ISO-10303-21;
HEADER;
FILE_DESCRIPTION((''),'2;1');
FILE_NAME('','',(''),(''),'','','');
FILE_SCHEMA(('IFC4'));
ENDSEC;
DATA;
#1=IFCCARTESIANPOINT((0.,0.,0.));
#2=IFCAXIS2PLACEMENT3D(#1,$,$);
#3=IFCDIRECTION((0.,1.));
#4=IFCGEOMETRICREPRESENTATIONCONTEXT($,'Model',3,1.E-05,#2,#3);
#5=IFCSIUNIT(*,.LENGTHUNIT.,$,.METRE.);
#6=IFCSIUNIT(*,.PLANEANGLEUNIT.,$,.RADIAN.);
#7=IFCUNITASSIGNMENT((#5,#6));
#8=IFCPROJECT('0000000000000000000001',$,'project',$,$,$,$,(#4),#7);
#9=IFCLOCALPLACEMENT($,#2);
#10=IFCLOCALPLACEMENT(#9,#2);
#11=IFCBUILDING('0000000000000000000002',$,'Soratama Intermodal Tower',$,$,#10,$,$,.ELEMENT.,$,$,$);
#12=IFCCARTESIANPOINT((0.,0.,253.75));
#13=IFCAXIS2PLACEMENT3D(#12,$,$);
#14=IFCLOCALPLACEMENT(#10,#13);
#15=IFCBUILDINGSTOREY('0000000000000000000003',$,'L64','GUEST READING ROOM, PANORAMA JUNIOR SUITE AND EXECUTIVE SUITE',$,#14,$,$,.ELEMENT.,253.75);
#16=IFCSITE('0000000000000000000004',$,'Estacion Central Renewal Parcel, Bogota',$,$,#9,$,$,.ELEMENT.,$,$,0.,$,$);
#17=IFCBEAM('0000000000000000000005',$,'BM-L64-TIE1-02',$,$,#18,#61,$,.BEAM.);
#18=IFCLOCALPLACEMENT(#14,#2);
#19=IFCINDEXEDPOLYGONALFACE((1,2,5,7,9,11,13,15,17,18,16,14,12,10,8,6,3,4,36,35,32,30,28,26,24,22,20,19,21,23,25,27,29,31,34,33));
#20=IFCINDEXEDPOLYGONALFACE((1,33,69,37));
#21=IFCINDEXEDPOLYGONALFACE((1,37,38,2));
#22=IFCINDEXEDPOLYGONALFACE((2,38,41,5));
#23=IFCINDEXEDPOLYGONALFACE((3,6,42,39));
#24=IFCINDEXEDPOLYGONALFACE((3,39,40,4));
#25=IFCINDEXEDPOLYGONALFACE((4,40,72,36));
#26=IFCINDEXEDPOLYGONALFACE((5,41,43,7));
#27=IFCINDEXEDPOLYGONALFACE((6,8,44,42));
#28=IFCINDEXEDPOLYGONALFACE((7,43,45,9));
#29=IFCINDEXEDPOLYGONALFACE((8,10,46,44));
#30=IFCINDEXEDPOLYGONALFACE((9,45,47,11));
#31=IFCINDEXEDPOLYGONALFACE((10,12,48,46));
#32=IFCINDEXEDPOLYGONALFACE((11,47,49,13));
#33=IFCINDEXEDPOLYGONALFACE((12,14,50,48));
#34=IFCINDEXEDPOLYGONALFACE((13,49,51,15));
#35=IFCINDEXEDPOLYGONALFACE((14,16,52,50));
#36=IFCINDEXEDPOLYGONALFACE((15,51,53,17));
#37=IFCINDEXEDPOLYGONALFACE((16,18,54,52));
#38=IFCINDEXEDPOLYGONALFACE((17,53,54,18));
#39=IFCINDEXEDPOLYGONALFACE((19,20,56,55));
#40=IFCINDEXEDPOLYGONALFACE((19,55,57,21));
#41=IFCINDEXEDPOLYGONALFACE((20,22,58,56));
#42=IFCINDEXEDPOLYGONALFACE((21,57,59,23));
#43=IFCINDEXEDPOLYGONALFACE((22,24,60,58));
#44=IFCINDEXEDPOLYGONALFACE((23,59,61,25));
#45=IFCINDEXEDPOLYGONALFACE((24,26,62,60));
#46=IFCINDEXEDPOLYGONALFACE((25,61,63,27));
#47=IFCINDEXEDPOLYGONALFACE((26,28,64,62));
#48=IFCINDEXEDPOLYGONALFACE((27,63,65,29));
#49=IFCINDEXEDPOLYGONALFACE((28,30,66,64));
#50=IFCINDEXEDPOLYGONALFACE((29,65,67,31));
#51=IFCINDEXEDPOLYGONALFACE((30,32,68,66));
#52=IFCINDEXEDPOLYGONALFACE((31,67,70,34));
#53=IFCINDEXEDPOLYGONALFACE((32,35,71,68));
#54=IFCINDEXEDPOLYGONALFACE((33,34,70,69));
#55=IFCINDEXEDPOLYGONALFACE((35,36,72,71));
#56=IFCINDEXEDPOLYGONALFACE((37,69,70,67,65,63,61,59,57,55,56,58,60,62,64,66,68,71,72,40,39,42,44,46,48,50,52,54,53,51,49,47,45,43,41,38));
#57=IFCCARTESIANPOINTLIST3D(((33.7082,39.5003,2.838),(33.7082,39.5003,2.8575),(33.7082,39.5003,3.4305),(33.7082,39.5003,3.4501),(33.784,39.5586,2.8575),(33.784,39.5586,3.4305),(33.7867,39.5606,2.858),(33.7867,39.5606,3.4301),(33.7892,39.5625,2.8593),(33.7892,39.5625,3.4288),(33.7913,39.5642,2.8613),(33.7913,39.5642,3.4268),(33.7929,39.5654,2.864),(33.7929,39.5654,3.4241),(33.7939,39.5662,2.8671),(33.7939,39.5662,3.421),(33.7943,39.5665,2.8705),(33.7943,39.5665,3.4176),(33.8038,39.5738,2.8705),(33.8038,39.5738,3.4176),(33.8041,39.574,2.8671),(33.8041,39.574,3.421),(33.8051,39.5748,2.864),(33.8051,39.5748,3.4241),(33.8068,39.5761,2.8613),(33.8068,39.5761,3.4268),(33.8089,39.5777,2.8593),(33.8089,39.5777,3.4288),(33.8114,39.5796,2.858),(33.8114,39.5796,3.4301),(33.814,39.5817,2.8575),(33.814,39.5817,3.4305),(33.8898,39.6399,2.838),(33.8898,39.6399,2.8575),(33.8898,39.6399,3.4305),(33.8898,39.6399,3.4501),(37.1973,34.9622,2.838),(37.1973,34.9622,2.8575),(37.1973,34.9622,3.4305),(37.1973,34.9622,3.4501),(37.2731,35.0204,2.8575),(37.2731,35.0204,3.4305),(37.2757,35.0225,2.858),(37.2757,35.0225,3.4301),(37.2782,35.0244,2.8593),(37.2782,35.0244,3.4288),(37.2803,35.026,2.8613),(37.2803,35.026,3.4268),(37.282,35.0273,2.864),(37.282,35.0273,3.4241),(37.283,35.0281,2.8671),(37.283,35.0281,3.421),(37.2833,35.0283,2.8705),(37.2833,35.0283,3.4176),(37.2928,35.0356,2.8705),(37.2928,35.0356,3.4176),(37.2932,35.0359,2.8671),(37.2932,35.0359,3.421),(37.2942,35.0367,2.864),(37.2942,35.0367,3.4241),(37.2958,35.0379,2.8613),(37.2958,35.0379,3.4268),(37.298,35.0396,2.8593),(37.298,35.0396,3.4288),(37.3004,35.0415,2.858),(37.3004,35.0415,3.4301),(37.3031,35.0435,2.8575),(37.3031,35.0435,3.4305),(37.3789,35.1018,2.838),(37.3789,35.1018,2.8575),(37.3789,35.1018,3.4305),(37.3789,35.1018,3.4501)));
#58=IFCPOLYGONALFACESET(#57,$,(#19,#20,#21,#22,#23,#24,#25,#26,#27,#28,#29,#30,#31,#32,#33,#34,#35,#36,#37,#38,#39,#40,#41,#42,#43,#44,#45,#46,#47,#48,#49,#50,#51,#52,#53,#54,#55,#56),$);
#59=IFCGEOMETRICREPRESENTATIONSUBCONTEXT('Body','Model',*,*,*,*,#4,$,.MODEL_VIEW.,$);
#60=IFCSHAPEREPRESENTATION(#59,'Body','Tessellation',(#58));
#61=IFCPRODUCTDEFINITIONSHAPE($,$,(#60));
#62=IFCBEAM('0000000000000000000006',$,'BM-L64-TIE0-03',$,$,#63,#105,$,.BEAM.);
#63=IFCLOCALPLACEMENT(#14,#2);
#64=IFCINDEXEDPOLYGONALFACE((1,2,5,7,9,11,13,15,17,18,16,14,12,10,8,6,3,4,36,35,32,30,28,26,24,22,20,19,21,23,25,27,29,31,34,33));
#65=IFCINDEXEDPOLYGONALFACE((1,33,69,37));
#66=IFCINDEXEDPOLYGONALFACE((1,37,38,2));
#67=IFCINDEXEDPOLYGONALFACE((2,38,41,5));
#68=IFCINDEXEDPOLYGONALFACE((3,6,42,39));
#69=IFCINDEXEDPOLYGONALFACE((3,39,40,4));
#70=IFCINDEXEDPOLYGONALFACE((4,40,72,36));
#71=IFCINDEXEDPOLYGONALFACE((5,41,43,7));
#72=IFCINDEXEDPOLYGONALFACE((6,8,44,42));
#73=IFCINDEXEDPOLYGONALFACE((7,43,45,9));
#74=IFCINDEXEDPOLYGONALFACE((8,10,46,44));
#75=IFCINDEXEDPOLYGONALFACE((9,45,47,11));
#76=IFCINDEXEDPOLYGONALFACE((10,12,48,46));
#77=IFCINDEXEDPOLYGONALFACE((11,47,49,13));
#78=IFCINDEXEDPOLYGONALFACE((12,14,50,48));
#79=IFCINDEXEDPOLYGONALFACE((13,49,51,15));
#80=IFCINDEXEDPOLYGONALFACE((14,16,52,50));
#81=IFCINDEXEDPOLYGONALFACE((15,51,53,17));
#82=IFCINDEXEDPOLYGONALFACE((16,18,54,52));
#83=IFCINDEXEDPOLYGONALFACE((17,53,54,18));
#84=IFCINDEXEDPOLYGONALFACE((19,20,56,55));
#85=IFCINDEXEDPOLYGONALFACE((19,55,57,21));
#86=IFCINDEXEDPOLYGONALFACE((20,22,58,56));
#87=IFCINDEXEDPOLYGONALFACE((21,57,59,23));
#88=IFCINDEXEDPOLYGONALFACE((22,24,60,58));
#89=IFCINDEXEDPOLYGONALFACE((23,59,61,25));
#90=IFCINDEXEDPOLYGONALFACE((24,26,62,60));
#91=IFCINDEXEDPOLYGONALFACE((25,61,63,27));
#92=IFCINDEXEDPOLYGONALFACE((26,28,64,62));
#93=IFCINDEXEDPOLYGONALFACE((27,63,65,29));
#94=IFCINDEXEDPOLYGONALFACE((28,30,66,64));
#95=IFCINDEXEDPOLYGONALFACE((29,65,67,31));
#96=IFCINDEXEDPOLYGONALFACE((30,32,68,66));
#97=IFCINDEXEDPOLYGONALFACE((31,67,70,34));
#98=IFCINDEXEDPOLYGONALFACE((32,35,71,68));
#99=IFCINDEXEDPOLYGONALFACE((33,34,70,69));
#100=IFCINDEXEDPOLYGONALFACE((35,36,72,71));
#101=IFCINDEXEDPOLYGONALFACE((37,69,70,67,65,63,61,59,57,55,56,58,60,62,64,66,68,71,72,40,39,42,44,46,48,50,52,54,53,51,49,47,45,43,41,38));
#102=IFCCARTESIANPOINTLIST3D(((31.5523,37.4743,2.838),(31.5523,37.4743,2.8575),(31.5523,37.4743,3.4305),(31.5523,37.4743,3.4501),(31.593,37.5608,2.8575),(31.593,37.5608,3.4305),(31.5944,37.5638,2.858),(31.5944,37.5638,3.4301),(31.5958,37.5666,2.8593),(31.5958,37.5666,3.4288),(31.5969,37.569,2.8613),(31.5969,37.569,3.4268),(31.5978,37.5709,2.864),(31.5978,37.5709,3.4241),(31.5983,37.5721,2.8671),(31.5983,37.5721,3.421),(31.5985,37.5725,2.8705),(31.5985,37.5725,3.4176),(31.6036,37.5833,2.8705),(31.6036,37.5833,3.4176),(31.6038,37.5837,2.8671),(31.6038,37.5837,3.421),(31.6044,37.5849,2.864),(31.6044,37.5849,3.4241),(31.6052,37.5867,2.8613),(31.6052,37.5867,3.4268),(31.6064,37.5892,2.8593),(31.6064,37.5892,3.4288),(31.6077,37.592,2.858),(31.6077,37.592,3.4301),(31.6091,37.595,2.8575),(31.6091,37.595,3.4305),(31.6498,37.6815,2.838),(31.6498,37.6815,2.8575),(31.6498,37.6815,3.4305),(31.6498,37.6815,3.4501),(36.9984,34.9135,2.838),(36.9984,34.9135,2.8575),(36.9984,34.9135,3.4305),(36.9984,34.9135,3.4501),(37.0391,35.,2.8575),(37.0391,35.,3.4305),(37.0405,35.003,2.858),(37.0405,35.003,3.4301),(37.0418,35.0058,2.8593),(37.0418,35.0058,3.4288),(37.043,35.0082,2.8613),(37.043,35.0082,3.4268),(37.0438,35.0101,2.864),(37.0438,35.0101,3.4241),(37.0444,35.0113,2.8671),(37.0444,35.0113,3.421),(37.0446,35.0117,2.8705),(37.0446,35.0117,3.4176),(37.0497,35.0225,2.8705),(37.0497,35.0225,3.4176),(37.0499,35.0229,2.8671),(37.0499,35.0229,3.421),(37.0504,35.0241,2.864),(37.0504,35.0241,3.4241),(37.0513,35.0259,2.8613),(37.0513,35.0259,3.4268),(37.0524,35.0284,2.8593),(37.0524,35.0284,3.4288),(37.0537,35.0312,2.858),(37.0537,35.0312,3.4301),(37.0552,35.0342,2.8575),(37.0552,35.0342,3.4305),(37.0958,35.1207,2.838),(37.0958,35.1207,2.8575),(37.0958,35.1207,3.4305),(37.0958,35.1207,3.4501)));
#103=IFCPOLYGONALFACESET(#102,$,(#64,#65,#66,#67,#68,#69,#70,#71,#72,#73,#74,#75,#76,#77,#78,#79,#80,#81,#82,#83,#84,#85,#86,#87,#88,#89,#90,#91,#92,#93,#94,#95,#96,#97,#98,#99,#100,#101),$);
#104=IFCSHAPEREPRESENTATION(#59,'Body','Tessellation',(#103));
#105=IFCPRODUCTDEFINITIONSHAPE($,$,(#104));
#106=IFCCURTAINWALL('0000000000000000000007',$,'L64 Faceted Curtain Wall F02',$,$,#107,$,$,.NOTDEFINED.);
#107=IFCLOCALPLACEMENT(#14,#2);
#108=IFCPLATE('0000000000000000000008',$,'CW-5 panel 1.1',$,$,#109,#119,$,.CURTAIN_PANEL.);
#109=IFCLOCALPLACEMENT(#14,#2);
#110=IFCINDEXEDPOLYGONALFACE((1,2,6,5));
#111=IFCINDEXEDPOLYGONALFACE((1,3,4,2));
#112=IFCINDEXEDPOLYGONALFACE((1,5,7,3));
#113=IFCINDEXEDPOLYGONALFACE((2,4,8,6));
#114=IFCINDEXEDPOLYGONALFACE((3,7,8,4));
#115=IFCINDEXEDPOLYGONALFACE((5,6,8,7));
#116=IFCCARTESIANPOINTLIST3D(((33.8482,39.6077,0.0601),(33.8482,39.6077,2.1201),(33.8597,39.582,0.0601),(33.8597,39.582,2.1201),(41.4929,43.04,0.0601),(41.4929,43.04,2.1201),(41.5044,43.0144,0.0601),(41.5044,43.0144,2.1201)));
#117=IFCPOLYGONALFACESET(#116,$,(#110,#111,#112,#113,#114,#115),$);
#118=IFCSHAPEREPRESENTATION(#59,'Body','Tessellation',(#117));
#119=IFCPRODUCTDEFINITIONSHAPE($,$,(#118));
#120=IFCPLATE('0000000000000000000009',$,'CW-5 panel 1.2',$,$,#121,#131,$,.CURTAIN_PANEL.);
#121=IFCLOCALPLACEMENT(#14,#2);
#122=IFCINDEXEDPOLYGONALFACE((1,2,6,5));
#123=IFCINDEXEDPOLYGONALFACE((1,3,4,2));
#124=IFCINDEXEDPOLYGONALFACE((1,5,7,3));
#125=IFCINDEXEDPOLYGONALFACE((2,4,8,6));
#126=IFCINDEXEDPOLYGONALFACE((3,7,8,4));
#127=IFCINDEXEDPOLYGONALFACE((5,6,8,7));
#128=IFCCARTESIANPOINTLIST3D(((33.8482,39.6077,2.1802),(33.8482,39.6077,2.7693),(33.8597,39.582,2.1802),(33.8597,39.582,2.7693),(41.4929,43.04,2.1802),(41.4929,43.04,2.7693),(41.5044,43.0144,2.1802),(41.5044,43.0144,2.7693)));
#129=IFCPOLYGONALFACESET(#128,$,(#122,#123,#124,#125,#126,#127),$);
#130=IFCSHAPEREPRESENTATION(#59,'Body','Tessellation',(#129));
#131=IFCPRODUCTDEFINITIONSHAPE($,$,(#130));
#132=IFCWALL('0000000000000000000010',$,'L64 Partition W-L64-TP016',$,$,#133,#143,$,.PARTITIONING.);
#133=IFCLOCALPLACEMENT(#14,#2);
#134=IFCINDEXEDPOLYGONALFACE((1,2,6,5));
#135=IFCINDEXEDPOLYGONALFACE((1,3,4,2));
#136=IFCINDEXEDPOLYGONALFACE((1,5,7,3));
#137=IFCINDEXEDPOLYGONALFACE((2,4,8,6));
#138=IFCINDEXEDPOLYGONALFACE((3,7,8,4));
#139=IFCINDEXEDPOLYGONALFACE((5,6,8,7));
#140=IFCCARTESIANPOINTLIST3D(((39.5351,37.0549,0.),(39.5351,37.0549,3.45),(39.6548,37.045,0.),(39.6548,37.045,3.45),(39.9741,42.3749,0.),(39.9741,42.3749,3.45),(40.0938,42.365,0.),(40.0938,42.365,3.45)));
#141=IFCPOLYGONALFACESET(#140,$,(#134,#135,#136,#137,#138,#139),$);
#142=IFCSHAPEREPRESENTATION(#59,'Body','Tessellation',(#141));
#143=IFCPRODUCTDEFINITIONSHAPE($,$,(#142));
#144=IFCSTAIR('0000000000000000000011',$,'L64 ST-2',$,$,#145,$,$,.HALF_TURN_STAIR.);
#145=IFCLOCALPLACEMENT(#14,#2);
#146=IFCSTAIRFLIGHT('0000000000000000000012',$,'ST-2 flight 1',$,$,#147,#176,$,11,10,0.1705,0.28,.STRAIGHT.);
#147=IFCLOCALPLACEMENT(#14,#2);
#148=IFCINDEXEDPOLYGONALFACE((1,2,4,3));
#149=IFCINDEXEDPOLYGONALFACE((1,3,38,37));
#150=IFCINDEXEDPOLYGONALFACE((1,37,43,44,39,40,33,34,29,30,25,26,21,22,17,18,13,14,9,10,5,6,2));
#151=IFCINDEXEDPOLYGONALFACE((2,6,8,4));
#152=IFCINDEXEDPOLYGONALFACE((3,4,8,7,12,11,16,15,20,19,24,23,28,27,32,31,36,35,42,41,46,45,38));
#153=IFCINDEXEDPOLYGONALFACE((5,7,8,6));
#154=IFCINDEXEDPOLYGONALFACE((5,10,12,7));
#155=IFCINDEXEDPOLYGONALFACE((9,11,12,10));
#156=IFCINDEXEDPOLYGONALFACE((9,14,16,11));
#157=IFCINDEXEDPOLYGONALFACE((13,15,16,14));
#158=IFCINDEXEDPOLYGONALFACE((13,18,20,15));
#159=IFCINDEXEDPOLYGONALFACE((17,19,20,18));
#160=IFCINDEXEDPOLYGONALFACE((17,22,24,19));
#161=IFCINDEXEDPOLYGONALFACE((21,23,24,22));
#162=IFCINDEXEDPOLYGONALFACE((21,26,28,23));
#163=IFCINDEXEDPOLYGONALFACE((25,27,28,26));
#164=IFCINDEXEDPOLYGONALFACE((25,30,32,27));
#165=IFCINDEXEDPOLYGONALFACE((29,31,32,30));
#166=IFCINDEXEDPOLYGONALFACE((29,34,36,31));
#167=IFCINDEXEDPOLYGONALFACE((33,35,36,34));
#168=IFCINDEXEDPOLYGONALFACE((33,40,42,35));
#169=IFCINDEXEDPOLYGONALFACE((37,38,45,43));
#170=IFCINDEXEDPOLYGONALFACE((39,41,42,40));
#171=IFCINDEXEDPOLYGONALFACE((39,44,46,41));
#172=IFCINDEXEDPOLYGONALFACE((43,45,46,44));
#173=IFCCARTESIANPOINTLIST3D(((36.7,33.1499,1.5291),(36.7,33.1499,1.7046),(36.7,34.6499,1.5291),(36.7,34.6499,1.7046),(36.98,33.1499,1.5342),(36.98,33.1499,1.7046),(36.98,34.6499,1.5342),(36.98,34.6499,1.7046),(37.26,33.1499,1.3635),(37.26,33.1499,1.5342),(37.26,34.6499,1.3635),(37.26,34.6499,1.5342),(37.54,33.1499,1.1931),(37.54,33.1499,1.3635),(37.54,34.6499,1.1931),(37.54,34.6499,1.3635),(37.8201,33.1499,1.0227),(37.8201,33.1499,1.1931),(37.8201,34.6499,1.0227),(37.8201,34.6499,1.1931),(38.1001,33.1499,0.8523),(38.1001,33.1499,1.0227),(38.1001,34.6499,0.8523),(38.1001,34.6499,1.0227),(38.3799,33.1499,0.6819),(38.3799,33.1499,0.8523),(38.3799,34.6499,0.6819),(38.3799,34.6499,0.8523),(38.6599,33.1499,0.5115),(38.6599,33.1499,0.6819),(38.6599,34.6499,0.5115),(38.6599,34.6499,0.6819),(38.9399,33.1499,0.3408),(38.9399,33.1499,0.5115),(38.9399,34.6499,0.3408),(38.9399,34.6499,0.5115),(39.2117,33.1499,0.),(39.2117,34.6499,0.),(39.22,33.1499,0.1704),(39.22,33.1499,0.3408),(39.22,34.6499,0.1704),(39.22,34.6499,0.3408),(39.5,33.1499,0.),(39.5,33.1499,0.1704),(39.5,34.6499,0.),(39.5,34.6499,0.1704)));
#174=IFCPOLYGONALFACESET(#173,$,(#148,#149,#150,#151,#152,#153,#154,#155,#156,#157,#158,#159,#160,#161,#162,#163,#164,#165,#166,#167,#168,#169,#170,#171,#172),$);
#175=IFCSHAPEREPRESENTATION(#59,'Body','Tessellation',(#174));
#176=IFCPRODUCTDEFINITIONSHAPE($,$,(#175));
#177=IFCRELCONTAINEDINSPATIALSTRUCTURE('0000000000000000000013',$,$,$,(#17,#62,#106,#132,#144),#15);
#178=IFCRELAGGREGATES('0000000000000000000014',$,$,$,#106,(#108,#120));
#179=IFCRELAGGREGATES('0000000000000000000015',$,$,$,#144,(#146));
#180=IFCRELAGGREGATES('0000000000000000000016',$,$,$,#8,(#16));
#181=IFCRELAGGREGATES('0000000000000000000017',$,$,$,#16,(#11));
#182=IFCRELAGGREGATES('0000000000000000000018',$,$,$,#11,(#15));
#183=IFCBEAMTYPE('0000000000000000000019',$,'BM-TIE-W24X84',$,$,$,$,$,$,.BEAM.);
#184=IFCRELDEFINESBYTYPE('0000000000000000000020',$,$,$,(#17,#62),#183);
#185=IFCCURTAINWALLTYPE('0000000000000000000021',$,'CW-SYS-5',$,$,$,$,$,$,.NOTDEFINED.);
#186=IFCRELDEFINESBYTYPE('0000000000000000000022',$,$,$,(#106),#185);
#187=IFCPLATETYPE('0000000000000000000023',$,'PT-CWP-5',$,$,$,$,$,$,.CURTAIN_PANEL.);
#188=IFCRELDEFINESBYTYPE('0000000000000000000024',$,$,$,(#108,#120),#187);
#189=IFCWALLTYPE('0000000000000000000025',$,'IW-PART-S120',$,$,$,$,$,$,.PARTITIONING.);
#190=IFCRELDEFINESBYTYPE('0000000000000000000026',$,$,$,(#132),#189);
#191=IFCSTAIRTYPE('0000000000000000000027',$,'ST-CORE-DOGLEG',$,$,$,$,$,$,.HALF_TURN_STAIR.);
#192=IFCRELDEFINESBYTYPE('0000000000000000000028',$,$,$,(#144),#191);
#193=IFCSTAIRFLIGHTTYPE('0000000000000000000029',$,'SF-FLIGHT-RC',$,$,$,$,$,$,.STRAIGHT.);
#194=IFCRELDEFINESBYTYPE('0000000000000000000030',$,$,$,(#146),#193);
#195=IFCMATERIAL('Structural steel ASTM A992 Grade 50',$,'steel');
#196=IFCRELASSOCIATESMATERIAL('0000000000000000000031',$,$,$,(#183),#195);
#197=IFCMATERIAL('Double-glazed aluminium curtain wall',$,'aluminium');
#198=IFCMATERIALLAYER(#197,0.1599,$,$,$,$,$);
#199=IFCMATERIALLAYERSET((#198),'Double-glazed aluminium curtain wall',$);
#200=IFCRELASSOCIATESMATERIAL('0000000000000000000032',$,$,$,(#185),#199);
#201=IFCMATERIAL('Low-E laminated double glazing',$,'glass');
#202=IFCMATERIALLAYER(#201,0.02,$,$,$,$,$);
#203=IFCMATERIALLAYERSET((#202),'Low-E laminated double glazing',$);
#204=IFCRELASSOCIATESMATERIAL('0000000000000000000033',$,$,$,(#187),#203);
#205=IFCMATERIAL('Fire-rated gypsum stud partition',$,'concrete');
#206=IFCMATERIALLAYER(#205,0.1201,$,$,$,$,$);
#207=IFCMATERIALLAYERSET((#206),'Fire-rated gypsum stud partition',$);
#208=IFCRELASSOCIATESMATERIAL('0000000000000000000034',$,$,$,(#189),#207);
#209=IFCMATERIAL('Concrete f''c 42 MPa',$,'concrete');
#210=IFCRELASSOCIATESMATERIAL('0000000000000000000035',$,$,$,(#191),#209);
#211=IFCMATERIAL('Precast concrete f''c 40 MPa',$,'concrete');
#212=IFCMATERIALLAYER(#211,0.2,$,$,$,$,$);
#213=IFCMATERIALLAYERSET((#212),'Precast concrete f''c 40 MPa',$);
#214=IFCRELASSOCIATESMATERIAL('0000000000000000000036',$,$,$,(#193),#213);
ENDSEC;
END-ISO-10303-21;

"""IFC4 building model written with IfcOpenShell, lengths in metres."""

from ifc_helpers import new_model, si_unit, direction, frame, frame_2d, origin, origin_2d, place, context, subcontext, project, spatial, polyline, rectangle, i_section, outline, extrude, material, layer, layer_set, material_profile, profile_set, type_object, element, aggregate, save


model = new_model("IFC4")

# Units and contexts
model_context = context("Model", 3, precision=1e-05, world=origin(), true_north=direction((0.0, 1.0)))
body_context = subcontext(model_context, "Body", "Model", "MODEL_VIEW")
ifc_project = project(units=[si_unit("LENGTHUNIT", "METRE"), si_unit("PLANEANGLEUNIT", "RADIAN")], contexts=[model_context])

# Site, building, storey
site_placement = place(None, origin())
site = spatial("IfcSite", under=ifc_project, at=site_placement, Name="Estacion Central Renewal Parcel, Bogota", CompositionType="ELEMENT", RefElevation=0.0)
building_placement = place(site_placement, origin())
building = spatial("IfcBuilding", under=site, at=building_placement, Name="Soratama Intermodal Tower", CompositionType="ELEMENT")
storey_placement = place(building_placement, frame((0.0, 0.0, 253.75)))
storey = spatial("IfcBuildingStorey", under=building, at=storey_placement, Name="L64", Description="GUEST READING ROOM, PANORAMA JUNIOR SUITE AND EXECUTIVE SUITE", CompositionType="ELEMENT", Elevation=253.75)

# Beams
ifc_material_1 = material(Name="Structural steel ASTM A992 Grade 50", Category="steel")
ifc_material_profile_1 = material_profile(ifc_material_1, i_section(OverallWidth=0.229, OverallDepth=0.6121, WebThickness=0.012, FlangeThickness=0.0195, FilletRadius=0.0129, at=origin_2d()), Name="W24X84")
ifc_profile_set_1 = profile_set([ifc_material_profile_1], Name="Structural steel ASTM A992 Grade 50")
beam_type_1 = type_object("IfcBeamType", Name="BM-TIE-W24X84", PredefinedType="BEAM", material=ifc_profile_set_1)
beam_1_placement = place(storey_placement, frame((37.2881, 35.032, 3.144), z_axis=(-0.609511, 0.792778, 0.0), x_axis=(-0.792778, -0.609511, 0.0)))
element("IfcBeam", 1, at=beam_1_placement, inside=storey, type_object=beam_type_1, Name="BM-L64-TIE1-02", PredefinedType="BEAM", context=body_context, shape_type="SweptSolid", body=[
    extrude(i_section(OverallWidth=0.229, OverallDepth=0.6121, WebThickness=0.012, FlangeThickness=0.0195, FilletRadius=0.0129, at=origin_2d()), origin(), (0.0, 0.0, 1.0), 5.7244),
])
beam_2_placement = place(storey_placement, frame((37.0471, 35.0171, 3.144), z_axis=(-0.90495, 0.425518, 0.0), x_axis=(-0.425518, -0.90495, 0.0)))
element("IfcBeam", 2, at=beam_2_placement, inside=storey, type_object=beam_type_1, Name="BM-L64-TIE0-03", PredefinedType="BEAM", context=body_context, shape_type="SweptSolid", body=[
    extrude(i_section(OverallWidth=0.229, OverallDepth=0.6121, WebThickness=0.012, FlangeThickness=0.0195, FilletRadius=0.0129, at=origin_2d()), origin(), (0.0, 0.0, 1.0), 6.0181),
])

# Curtain wall, plates
ifc_material_2 = material(Name="Double-glazed aluminium curtain wall", Category="aluminium")
ifc_layer_1 = layer(ifc_material_2, 0.1599)
ifc_layer_set_1 = layer_set([ifc_layer_1], Name="Double-glazed aluminium curtain wall")
curtain_wall_type = type_object("IfcCurtainWallType", Name="CW-SYS-5", PredefinedType="NOTDEFINED", material=ifc_layer_set_1)
curtain_wall_placement = place(storey_placement, origin())
curtain_wall = element("IfcCurtainWall", 3, at=curtain_wall_placement, inside=storey, type_object=curtain_wall_type, Name="L64 Faceted Curtain Wall F02", PredefinedType="NOTDEFINED")
ifc_material_3 = material(Name="Low-E laminated double glazing", Category="glass")
ifc_layer_2 = layer(ifc_material_3, 0.02)
ifc_layer_set_2 = layer_set([ifc_layer_2], Name="Low-E laminated double glazing")
plate_type = type_object("IfcPlateType", Name="PT-CWP-5", PredefinedType="CURTAIN_PANEL", material=ifc_layer_set_2)
plate_1_placement = place(storey_placement, frame((37.6763, 41.311, 0.0601), z_axis=(0.0, 0.0, 1.0), x_axis=(-0.912267, -0.409597, 0.0)))
plate_1 = element("IfcPlate", 4, at=plate_1_placement, type_object=plate_type, Name="CW-5 panel 1.1", PredefinedType="CURTAIN_PANEL", context=body_context, shape_type="SweptSolid", body=[
    extrude(rectangle(XDim=8.3799, YDim=0.0281, at=origin_2d()), origin(), (0.0, 0.0, 1.0), 2.0601),
])
plate_2_placement = place(storey_placement, frame((37.6763, 41.311, 2.1802), z_axis=(0.0, 0.0, 1.0), x_axis=(-0.912267, -0.409597, 0.0)))
plate_2 = element("IfcPlate", 5, at=plate_2_placement, type_object=plate_type, Name="CW-5 panel 1.2", PredefinedType="CURTAIN_PANEL", context=body_context, shape_type="SweptSolid", body=[
    extrude(rectangle(XDim=8.3799, YDim=0.0281, at=origin_2d()), origin(), (0.0, 0.0, 1.0), 0.5891),
])
aggregate(curtain_wall, [plate_1, plate_2])

# Wall
ifc_material_4 = material(Name="Fire-rated gypsum stud partition", Category="concrete")
ifc_layer_3 = layer(ifc_material_4, 0.1201)
ifc_layer_set_3 = layer_set([ifc_layer_3], Name="Fire-rated gypsum stud partition")
wall_type_1 = type_object("IfcWallType", Name="IW-PART-S120", PredefinedType="PARTITIONING", material=ifc_layer_set_3)
wall_1_placement = place(storey_placement, frame((39.595, 37.05, 0.0), z_axis=(0.0, 0.0, 1.0), x_axis=(0.082232, 0.996613, 0.0)))
element("IfcWall", 6, at=wall_1_placement, inside=storey, type_object=wall_type_1, Name="L64 Partition W-L64-TP016", PredefinedType="PARTITIONING", context=body_context, shape_type="SweptSolid", body=[
    extrude(rectangle(XDim=5.3381, YDim=0.1201, at=frame_2d((2.6689, 0.0))), origin(), (0.0, 0.0, 1.0), 3.45),
])

# Stair, stair flight
ifc_material_5 = material(Name="Concrete f'c 42 MPa", Category="concrete")
stair_type = type_object("IfcStairType", Name="ST-CORE-DOGLEG", PredefinedType="HALF_TURN_STAIR", material=ifc_material_5)
stair_placement = place(storey_placement, origin())
stair = element("IfcStair", 7, at=stair_placement, inside=storey, type_object=stair_type, Name="L64 ST-2", PredefinedType="HALF_TURN_STAIR")
ifc_material_6 = material(Name="Precast concrete f'c 40 MPa", Category="concrete")
ifc_layer_4 = layer(ifc_material_6, 0.2)
ifc_layer_set_4 = layer_set([ifc_layer_4], Name="Precast concrete f'c 40 MPa")
stair_flight_type = type_object("IfcStairFlightType", Name="SF-FLIGHT-RC", PredefinedType="STRAIGHT", material=ifc_layer_set_4)
stair_flight_placement = place(storey_placement, frame((39.5, 33.8999, 0.0), z_axis=(0.0, 0.0, 1.0), x_axis=(-1.0, 0.0, 0.0)))
stair_flight = element("IfcStairFlight", 8, at=stair_flight_placement, type_object=stair_flight_type, Name="ST-2 flight 1", NumberOfRisers=11, NumberOfTreads=10, PredefinedType="STRAIGHT", RiserHeight=0.1705, TreadLength=0.28, context=body_context, shape_type="SweptSolid", body=[
    extrude(outline(polyline([(0.0, 0.0), (0.0, 0.1704), (0.28, 0.1704), (0.28, 0.3408), (0.5601, 0.3408), (0.5601, 0.5115), (0.8401, 0.5115), (0.8401, 0.6819), (1.1201, 0.6819), (1.1201, 0.8523), (1.3999, 0.8523), (1.3999, 1.0227), (1.6799, 1.0227), (1.6799, 1.1931), (1.96, 1.1931), (1.96, 1.3635), (2.24, 1.3635), (2.24, 1.5342), (2.52, 1.5342), (2.52, 1.7046), (2.8, 1.7046), (2.8, 1.875), (2.8, 1.5291), (0.2883, 0.0), (0.0, 0.0)])), frame((0.0, 0.75, 0.0), z_axis=(0.0, -1.0, 0.0), x_axis=(1.0, 0.0, 0.0)), (0.0, 0.0, 1.0), 1.5),
])
aggregate(stair, [stair_flight])

save(model, "model.ifc")
